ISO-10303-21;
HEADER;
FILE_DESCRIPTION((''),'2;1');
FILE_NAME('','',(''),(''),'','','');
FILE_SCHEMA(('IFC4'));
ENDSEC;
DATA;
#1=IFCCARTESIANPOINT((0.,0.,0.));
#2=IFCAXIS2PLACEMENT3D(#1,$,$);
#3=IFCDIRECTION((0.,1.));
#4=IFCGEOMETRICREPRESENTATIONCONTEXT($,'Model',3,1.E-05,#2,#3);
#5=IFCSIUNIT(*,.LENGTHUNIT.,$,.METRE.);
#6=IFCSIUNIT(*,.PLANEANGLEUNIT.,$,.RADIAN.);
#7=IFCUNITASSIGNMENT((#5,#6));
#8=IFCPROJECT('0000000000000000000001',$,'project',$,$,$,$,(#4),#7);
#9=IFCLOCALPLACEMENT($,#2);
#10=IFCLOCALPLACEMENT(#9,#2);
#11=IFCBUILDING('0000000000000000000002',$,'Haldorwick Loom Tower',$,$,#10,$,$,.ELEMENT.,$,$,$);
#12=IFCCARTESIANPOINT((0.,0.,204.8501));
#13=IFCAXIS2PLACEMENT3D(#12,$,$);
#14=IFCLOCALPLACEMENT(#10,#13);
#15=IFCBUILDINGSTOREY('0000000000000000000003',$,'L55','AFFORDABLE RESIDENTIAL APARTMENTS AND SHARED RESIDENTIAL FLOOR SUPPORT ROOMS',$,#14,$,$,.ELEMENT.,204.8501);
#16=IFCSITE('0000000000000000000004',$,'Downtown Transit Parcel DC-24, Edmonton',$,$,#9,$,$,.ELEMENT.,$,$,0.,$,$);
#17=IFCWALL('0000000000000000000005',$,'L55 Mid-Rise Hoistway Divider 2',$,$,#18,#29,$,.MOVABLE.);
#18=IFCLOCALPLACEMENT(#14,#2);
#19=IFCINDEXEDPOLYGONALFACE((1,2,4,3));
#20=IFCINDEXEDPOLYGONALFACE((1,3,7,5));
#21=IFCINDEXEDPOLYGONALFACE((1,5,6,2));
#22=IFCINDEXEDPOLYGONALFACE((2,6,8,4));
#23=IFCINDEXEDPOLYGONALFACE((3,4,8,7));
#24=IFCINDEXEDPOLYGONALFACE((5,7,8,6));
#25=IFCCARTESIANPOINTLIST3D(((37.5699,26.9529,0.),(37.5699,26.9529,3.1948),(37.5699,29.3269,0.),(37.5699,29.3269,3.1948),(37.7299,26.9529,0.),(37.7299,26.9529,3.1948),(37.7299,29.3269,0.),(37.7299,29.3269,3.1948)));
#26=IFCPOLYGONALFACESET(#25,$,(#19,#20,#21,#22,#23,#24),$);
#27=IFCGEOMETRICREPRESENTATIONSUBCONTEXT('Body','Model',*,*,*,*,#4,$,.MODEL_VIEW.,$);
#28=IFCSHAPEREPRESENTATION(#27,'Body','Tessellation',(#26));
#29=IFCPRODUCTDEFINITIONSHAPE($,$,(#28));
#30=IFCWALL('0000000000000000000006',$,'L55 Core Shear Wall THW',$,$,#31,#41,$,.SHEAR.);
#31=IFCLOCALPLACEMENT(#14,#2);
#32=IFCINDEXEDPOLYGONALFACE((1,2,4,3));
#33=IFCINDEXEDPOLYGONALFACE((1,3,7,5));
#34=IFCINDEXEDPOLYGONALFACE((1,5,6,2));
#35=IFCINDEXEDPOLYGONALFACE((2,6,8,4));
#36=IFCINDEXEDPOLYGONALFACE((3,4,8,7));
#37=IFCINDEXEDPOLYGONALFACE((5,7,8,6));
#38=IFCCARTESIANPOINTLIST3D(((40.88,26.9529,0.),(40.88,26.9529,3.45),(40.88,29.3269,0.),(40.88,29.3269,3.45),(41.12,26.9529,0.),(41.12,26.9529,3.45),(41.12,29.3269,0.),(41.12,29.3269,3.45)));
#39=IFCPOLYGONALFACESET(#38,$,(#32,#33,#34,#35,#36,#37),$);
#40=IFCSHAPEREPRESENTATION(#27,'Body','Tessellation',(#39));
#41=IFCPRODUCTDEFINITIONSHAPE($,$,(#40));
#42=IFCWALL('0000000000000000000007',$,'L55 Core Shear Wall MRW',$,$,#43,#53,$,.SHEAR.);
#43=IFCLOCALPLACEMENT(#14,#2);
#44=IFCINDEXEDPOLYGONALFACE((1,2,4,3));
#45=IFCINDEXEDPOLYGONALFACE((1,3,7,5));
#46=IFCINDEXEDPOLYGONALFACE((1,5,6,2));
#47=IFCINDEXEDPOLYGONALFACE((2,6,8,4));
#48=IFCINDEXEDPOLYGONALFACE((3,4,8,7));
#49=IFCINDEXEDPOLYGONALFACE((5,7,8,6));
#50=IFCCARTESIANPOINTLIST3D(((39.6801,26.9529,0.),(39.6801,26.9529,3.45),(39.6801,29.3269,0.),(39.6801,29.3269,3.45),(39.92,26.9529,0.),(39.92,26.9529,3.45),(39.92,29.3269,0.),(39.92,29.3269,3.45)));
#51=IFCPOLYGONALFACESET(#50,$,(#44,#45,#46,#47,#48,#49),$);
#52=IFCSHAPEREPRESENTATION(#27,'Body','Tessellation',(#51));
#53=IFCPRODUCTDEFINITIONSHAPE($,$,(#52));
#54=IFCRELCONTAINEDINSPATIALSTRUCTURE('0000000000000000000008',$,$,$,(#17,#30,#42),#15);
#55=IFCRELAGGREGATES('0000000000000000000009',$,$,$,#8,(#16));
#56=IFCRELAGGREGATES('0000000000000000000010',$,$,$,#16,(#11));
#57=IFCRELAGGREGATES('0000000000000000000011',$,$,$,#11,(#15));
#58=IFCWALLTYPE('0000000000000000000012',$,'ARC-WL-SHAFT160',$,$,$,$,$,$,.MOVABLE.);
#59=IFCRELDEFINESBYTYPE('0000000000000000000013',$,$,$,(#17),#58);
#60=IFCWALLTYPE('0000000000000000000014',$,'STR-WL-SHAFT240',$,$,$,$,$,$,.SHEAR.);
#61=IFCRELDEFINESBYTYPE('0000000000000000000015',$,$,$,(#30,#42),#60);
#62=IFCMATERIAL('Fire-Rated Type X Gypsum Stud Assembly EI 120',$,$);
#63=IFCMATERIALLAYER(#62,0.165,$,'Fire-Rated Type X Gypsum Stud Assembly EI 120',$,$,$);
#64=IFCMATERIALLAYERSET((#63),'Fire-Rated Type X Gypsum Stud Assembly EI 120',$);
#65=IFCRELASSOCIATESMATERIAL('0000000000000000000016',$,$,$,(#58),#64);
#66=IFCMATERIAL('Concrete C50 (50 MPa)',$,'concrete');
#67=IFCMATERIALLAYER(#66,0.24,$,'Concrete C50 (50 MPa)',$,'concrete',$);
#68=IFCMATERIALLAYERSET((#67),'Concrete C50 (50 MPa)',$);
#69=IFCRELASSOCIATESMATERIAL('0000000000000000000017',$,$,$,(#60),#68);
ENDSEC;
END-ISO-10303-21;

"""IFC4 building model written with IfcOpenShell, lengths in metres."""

from ifc_helpers import new_model, si_unit, direction, frame, frame_2d, origin, place, context, subcontext, project, spatial, rectangle, extrude, material, layer, layer_set, type_object, element, save


model = new_model("IFC4")

# Units and contexts
model_context = context("Model", 3, precision=1e-05, world=origin(), true_north=direction((0.0, 1.0)))
body_context = subcontext(model_context, "Body", "Model", "MODEL_VIEW")
ifc_project = project(units=[si_unit("LENGTHUNIT", "METRE"), si_unit("PLANEANGLEUNIT", "RADIAN")], contexts=[model_context])

# Site, building, storey
site_placement = place(None, origin())
site = spatial("IfcSite", under=ifc_project, at=site_placement, Name="Downtown Transit Parcel DC-24, Edmonton", CompositionType="ELEMENT", RefElevation=0.0)
building_placement = place(site_placement, origin())
building = spatial("IfcBuilding", under=site, at=building_placement, Name="Haldorwick Loom Tower", CompositionType="ELEMENT")
storey_placement = place(building_placement, frame((0.0, 0.0, 204.8501)))
storey = spatial("IfcBuildingStorey", under=building, at=storey_placement, Name="L55", Description="AFFORDABLE RESIDENTIAL APARTMENTS AND SHARED RESIDENTIAL FLOOR SUPPORT ROOMS", CompositionType="ELEMENT", Elevation=204.8501)

# Shared definitions
ifc_material_1 = material(Name="Concrete C50 (50 MPa)", Category="concrete")

# Walls
ifc_material_2 = material(Name="Fire-Rated Type X Gypsum Stud Assembly EI 120")
ifc_layer_1 = layer(ifc_material_2, 0.165, Name="Fire-Rated Type X Gypsum Stud Assembly EI 120")
ifc_layer_set_1 = layer_set([ifc_layer_1], Name="Fire-Rated Type X Gypsum Stud Assembly EI 120")
wall_type_1 = type_object("IfcWallType", Name="ARC-WL-SHAFT160", PredefinedType="MOVABLE", material=ifc_layer_set_1)
for number, where, z_axis, x_axis, name in (
    (1, (37.6499, 26.9529, 0.0), (0.0, 0.0, 1.0), (0.0, 1.0, 0.0), "L55 Mid-Rise Hoistway Divider 2"),
):
    element("IfcWall", number, at=place(storey_placement, frame(where, z_axis=z_axis, x_axis=x_axis)), inside=storey, type_object=wall_type_1, Name=name, PredefinedType="MOVABLE", context=body_context, shape_type="SweptSolid", body=[
        extrude(rectangle(XDim=2.374, YDim=0.1599, at=frame_2d((1.187, 0.0))), origin(), (0.0, 0.0, 1.0), 3.1948),
    ])
ifc_layer_2 = layer(ifc_material_1, 0.24, Name="Concrete C50 (50 MPa)", Category="concrete")
ifc_layer_set_2 = layer_set([ifc_layer_2], Name="Concrete C50 (50 MPa)")
wall_type_2 = type_object("IfcWallType", Name="STR-WL-SHAFT240", PredefinedType="SHEAR", material=ifc_layer_set_2)
for number, where, z_axis, x_axis, name in (
    (2, (41.0, 26.9529, 0.0), (0.0, 0.0, 1.0), (0.0, 1.0, 0.0), "L55 Core Shear Wall THW"),
    (3, (39.8, 26.9529, 0.0), (0.0, 0.0, 1.0), (0.0, 1.0, 0.0), "L55 Core Shear Wall MRW"),
):
    element("IfcWall", number, at=place(storey_placement, frame(where, z_axis=z_axis, x_axis=x_axis)), inside=storey, type_object=wall_type_2, Name=name, PredefinedType="SHEAR", context=body_context, shape_type="SweptSolid", body=[
        extrude(rectangle(XDim=2.374, YDim=0.24, at=frame_2d((1.187, 0.0))), origin(), (0.0, 0.0, 1.0), 3.45),
    ])

save(model, "model.ifc")
